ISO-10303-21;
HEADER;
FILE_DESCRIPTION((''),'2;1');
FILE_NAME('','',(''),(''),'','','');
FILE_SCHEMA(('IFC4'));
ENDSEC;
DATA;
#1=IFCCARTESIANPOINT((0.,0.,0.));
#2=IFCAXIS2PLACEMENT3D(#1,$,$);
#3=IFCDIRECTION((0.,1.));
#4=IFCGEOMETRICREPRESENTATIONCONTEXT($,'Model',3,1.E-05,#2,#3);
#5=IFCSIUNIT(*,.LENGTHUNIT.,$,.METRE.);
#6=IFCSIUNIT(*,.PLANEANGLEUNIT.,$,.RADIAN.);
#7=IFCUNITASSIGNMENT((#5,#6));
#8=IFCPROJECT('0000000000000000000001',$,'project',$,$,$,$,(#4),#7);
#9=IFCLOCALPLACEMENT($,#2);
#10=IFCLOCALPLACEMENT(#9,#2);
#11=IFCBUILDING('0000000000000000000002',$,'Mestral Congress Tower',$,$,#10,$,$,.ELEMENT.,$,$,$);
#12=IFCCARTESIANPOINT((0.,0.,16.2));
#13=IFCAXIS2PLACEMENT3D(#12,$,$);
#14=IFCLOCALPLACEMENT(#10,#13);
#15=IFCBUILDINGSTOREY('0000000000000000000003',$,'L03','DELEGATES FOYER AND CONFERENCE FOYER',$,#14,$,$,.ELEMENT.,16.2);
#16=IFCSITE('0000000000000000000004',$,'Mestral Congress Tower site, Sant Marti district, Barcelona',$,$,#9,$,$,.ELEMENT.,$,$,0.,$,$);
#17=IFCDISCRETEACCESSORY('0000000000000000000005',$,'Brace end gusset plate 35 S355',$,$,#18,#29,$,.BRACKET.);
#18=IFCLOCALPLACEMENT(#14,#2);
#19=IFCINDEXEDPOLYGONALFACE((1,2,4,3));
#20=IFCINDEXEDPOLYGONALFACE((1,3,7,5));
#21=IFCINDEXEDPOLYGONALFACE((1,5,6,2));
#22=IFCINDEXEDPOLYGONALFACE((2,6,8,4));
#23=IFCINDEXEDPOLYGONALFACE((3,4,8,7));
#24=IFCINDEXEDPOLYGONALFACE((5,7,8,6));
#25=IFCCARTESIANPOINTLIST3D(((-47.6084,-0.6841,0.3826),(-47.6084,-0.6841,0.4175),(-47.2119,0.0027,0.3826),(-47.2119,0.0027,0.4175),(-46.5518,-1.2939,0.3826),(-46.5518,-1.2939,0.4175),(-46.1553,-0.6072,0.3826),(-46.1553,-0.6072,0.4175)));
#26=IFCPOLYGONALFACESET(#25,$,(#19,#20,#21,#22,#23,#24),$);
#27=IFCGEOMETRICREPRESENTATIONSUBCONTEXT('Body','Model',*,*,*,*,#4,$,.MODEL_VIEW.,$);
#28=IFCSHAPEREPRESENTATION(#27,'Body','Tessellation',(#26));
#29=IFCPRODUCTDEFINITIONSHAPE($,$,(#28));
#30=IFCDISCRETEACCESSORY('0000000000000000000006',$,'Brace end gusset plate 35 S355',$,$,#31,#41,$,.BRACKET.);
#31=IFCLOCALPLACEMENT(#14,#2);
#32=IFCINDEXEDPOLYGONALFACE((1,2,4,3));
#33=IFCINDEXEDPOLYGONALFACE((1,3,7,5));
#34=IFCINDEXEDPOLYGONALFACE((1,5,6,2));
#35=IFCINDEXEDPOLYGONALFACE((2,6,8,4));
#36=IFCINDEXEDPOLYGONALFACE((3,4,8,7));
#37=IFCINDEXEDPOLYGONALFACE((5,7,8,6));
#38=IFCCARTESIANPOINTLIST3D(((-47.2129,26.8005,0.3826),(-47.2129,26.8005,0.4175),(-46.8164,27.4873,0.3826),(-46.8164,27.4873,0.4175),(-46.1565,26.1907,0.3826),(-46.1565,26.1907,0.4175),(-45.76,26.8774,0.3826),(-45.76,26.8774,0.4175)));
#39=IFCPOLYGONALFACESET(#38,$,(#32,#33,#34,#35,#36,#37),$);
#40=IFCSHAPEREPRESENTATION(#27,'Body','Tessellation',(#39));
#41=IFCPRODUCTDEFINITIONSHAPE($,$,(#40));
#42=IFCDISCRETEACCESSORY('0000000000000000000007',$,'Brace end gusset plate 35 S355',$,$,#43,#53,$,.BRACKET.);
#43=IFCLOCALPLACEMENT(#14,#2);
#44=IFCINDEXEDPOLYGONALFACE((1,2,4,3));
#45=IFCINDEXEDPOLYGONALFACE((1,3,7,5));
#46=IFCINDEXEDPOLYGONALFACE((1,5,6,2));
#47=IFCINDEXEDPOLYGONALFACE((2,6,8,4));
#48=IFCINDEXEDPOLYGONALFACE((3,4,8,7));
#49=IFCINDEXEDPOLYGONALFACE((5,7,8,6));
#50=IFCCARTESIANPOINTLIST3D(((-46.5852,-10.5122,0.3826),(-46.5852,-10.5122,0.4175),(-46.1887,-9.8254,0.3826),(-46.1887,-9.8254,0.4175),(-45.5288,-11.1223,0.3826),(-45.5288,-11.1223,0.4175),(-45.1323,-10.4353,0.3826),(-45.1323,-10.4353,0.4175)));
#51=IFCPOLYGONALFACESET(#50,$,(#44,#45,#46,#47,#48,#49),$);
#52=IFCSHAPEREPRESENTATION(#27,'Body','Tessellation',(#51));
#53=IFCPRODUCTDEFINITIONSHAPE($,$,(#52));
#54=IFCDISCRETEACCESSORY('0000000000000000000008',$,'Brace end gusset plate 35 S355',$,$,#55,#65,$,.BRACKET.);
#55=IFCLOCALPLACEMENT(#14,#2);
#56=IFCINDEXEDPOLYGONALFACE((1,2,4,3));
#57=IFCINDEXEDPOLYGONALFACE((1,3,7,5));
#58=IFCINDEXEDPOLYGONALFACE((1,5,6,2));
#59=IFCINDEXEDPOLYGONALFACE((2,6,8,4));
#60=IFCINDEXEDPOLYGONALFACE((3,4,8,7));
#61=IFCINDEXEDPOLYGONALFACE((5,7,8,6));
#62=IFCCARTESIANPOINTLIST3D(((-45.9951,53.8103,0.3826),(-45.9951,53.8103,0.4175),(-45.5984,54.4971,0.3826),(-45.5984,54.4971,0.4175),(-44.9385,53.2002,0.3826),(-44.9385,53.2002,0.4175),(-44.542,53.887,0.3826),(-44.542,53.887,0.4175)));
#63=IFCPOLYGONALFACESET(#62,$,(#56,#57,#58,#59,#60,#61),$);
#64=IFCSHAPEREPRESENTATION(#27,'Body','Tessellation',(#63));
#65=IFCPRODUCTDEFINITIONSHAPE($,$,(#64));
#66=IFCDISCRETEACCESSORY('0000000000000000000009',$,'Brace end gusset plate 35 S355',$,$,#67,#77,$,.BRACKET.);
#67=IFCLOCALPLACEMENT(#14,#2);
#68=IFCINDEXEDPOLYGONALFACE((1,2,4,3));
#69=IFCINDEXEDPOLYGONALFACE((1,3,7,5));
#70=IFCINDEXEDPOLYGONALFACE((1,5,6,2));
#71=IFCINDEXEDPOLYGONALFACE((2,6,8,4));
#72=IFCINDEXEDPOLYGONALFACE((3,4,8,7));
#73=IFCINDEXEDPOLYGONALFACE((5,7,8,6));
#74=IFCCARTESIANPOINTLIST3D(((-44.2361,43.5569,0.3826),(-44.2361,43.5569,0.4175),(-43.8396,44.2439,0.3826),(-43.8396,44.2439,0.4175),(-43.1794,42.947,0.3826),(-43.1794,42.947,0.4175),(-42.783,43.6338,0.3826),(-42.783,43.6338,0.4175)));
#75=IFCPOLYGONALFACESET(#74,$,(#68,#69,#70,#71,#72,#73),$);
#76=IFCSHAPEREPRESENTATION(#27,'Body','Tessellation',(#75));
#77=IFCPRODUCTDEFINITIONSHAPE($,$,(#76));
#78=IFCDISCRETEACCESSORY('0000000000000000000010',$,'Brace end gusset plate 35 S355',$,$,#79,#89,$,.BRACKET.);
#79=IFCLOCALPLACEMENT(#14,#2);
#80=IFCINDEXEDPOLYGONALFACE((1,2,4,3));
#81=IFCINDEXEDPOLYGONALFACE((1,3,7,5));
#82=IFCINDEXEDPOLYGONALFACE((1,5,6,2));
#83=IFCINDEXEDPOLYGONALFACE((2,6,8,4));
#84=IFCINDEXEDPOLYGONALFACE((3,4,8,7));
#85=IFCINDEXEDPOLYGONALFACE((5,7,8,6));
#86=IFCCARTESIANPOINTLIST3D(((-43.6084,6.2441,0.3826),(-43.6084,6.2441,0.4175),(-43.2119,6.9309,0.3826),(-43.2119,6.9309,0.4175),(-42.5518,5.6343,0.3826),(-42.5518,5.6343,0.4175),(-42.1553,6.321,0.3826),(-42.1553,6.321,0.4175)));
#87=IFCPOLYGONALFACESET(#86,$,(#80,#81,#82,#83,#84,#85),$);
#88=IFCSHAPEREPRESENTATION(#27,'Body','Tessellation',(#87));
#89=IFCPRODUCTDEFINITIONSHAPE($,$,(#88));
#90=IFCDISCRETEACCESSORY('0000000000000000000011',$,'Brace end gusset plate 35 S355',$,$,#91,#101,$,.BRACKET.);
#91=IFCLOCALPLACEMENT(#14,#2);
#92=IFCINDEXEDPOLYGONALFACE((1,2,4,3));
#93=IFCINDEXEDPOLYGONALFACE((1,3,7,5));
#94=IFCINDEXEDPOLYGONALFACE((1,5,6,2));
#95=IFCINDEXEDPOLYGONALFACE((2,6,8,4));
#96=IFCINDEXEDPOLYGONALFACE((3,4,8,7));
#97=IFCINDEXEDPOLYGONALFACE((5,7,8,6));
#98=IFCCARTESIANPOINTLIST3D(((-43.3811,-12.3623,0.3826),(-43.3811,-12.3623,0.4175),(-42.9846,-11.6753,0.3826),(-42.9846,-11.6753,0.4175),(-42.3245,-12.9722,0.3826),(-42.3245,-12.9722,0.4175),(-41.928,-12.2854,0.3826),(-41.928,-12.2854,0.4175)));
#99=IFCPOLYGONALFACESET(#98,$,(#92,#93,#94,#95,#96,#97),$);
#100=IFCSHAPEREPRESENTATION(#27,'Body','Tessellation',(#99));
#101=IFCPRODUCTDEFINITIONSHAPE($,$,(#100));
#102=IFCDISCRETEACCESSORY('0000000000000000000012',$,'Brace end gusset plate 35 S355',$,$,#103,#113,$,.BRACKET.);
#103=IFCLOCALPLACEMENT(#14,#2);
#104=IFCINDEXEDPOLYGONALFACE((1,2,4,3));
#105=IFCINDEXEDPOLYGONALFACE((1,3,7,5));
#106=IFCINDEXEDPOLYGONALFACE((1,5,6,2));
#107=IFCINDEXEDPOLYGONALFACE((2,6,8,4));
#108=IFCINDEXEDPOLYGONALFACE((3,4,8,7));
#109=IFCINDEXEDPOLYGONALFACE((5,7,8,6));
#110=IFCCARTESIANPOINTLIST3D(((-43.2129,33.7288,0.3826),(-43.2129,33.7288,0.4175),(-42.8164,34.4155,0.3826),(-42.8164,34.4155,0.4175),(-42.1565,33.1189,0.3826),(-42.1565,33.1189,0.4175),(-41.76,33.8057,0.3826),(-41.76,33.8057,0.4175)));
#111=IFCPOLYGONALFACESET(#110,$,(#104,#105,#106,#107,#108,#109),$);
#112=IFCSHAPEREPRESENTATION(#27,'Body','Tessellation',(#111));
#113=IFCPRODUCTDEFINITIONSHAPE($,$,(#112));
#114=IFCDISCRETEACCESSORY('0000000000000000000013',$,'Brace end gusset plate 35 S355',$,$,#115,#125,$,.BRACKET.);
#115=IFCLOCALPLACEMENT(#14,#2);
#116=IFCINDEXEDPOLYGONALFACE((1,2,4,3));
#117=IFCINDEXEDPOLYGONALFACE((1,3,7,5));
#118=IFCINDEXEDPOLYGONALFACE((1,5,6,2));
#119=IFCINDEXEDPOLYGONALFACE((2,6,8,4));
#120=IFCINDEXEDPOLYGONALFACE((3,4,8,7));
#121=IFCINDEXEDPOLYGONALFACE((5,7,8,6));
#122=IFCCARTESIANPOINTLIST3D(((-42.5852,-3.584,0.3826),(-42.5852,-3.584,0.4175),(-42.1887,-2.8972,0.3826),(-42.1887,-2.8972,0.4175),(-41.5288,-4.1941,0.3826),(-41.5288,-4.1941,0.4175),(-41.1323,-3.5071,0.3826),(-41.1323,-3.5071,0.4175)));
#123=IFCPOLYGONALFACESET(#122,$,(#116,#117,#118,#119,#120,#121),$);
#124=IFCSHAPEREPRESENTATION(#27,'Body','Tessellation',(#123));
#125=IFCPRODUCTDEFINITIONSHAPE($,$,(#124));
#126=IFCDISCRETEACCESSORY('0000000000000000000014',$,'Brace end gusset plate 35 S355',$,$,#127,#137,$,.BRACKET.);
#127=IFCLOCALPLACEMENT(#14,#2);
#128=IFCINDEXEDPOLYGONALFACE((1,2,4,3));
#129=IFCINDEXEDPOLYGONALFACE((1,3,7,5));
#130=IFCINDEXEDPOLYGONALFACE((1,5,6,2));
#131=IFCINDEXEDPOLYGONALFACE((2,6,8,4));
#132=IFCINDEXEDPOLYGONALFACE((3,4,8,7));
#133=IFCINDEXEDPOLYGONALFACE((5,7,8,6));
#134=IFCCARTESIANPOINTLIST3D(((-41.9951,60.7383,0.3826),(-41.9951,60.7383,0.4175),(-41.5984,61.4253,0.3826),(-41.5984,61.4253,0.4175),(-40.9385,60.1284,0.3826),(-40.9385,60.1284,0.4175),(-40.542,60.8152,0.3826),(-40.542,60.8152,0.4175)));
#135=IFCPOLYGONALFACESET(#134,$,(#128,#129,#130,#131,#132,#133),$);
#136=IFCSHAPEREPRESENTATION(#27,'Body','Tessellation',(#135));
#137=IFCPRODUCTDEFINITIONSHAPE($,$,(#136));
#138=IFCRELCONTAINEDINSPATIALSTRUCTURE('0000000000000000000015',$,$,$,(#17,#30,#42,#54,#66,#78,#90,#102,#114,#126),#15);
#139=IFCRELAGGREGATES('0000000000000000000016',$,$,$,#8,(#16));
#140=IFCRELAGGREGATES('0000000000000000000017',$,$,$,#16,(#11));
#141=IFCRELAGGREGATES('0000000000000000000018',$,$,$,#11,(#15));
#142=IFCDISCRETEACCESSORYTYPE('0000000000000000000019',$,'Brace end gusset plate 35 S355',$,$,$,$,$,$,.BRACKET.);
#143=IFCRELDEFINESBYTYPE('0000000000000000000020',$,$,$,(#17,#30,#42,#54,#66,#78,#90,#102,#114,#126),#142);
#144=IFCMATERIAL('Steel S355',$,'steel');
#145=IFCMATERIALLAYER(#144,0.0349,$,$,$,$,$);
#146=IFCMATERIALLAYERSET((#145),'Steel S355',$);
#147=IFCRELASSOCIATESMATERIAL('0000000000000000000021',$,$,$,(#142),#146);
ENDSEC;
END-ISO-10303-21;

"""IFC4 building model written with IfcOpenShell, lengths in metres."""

from ifc_helpers import new_model, si_unit, direction, frame, origin, place, context, subcontext, project, spatial, polyline, outline, extrude, material, layer, layer_set, type_object, element, save


model = new_model("IFC4")

# Units and contexts
model_context = context("Model", 3, precision=1e-05, world=origin(), true_north=direction((0.0, 1.0)))
body_context = subcontext(model_context, "Body", "Model", "MODEL_VIEW")
ifc_project = project(units=[si_unit("LENGTHUNIT", "METRE"), si_unit("PLANEANGLEUNIT", "RADIAN")], contexts=[model_context])

# Site, building, storey
site_placement = place(None, origin())
site = spatial("IfcSite", under=ifc_project, at=site_placement, Name="Mestral Congress Tower site, Sant Marti district, Barcelona", CompositionType="ELEMENT", RefElevation=0.0)
building_placement = place(site_placement, origin())
building = spatial("IfcBuilding", under=site, at=building_placement, Name="Mestral Congress Tower", CompositionType="ELEMENT")
storey_placement = place(building_placement, frame((0.0, 0.0, 16.2)))
storey = spatial("IfcBuildingStorey", under=building, at=storey_placement, Name="L03", Description="DELEGATES FOYER AND CONFERENCE FOYER", CompositionType="ELEMENT", Elevation=16.2)

# Discrete accessories
ifc_material = material(Name="Steel S355", Category="steel")
ifc_layer_1 = layer(ifc_material, 0.0349)
ifc_layer_set_1 = layer_set([ifc_layer_1], Name="Steel S355")
discrete_accessory_type_1 = type_object("IfcDiscreteAccessoryType", Name="Brace end gusset plate 35 S355", PredefinedType="BRACKET", material=ifc_layer_set_1)
placement_1 = place(storey_placement, frame((0.0, 0.0, 0.3826)))
element("IfcDiscreteAccessory", 1, at=placement_1, inside=storey, type_object=discrete_accessory_type_1, Name="Brace end gusset plate 35 S355", PredefinedType="BRACKET", context=body_context, shape_type="SweptSolid", body=[
    extrude(outline(polyline([(-47.6084, -0.6841), (-46.5518, -1.2939), (-46.1553, -0.6072), (-47.2119, 0.0027), (-47.6084, -0.6841)])), origin(), (0.0, 0.0, 1.0), 0.0349),
])
element("IfcDiscreteAccessory", 2, at=placement_1, inside=storey, type_object=discrete_accessory_type_1, Name="Brace end gusset plate 35 S355", PredefinedType="BRACKET", context=body_context, shape_type="SweptSolid", body=[
    extrude(outline(polyline([(-45.76, 26.8774), (-46.8164, 27.4873), (-47.2129, 26.8005), (-46.1565, 26.1907), (-45.76, 26.8774)])), origin(), (0.0, 0.0, 1.0), 0.0349),
])
element("IfcDiscreteAccessory", 3, at=placement_1, inside=storey, type_object=discrete_accessory_type_1, Name="Brace end gusset plate 35 S355", PredefinedType="BRACKET", context=body_context, shape_type="SweptSolid", body=[
    extrude(outline(polyline([(-46.5852, -10.5122), (-45.5288, -11.1223), (-45.1323, -10.4353), (-46.1887, -9.8254), (-46.5852, -10.5122)])), origin(), (0.0, 0.0, 1.0), 0.0349),
])
element("IfcDiscreteAccessory", 4, at=placement_1, inside=storey, type_object=discrete_accessory_type_1, Name="Brace end gusset plate 35 S355", PredefinedType="BRACKET", context=body_context, shape_type="SweptSolid", body=[
    extrude(outline(polyline([(-45.9951, 53.8103), (-44.9385, 53.2002), (-44.542, 53.887), (-45.5984, 54.4971), (-45.9951, 53.8103)])), origin(), (0.0, 0.0, 1.0), 0.0349),
])
element("IfcDiscreteAccessory", 5, at=placement_1, inside=storey, type_object=discrete_accessory_type_1, Name="Brace end gusset plate 35 S355", PredefinedType="BRACKET", context=body_context, shape_type="SweptSolid", body=[
    extrude(outline(polyline([(-44.2361, 43.5569), (-43.1794, 42.947), (-42.783, 43.6338), (-43.8396, 44.2439), (-44.2361, 43.5569)])), origin(), (0.0, 0.0, 1.0), 0.0349),
])
element("IfcDiscreteAccessory", 6, at=placement_1, inside=storey, type_object=discrete_accessory_type_1, Name="Brace end gusset plate 35 S355", PredefinedType="BRACKET", context=body_context, shape_type="SweptSolid", body=[
    extrude(outline(polyline([(-43.6084, 6.2441), (-42.5518, 5.6343), (-42.1553, 6.321), (-43.2119, 6.9309), (-43.6084, 6.2441)])), origin(), (0.0, 0.0, 1.0), 0.0349),
])
element("IfcDiscreteAccessory", 7, at=placement_1, inside=storey, type_object=discrete_accessory_type_1, Name="Brace end gusset plate 35 S355", PredefinedType="BRACKET", context=body_context, shape_type="SweptSolid", body=[
    extrude(outline(polyline([(-43.3811, -12.3623), (-42.3245, -12.9722), (-41.928, -12.2854), (-42.9846, -11.6753), (-43.3811, -12.3623)])), origin(), (0.0, 0.0, 1.0), 0.0349),
])
element("IfcDiscreteAccessory", 8, at=placement_1, inside=storey, type_object=discrete_accessory_type_1, Name="Brace end gusset plate 35 S355", PredefinedType="BRACKET", context=body_context, shape_type="SweptSolid", body=[
    extrude(outline(polyline([(-41.76, 33.8057), (-42.8164, 34.4155), (-43.2129, 33.7288), (-42.1565, 33.1189), (-41.76, 33.8057)])), origin(), (0.0, 0.0, 1.0), 0.0349),
])
element("IfcDiscreteAccessory", 9, at=placement_1, inside=storey, type_object=discrete_accessory_type_1, Name="Brace end gusset plate 35 S355", PredefinedType="BRACKET", context=body_context, shape_type="SweptSolid", body=[
    extrude(outline(polyline([(-42.5852, -3.584), (-41.5288, -4.1941), (-41.1323, -3.5071), (-42.1887, -2.8972), (-42.5852, -3.584)])), origin(), (0.0, 0.0, 1.0), 0.0349),
])
element("IfcDiscreteAccessory", 10, at=placement_1, inside=storey, type_object=discrete_accessory_type_1, Name="Brace end gusset plate 35 S355", PredefinedType="BRACKET", context=body_context, shape_type="SweptSolid", body=[
    extrude(outline(polyline([(-41.9951, 60.7383), (-40.9385, 60.1284), (-40.542, 60.8152), (-41.5984, 61.4253), (-41.9951, 60.7383)])), origin(), (0.0, 0.0, 1.0), 0.0349),
])

save(model, "model.ifc")
